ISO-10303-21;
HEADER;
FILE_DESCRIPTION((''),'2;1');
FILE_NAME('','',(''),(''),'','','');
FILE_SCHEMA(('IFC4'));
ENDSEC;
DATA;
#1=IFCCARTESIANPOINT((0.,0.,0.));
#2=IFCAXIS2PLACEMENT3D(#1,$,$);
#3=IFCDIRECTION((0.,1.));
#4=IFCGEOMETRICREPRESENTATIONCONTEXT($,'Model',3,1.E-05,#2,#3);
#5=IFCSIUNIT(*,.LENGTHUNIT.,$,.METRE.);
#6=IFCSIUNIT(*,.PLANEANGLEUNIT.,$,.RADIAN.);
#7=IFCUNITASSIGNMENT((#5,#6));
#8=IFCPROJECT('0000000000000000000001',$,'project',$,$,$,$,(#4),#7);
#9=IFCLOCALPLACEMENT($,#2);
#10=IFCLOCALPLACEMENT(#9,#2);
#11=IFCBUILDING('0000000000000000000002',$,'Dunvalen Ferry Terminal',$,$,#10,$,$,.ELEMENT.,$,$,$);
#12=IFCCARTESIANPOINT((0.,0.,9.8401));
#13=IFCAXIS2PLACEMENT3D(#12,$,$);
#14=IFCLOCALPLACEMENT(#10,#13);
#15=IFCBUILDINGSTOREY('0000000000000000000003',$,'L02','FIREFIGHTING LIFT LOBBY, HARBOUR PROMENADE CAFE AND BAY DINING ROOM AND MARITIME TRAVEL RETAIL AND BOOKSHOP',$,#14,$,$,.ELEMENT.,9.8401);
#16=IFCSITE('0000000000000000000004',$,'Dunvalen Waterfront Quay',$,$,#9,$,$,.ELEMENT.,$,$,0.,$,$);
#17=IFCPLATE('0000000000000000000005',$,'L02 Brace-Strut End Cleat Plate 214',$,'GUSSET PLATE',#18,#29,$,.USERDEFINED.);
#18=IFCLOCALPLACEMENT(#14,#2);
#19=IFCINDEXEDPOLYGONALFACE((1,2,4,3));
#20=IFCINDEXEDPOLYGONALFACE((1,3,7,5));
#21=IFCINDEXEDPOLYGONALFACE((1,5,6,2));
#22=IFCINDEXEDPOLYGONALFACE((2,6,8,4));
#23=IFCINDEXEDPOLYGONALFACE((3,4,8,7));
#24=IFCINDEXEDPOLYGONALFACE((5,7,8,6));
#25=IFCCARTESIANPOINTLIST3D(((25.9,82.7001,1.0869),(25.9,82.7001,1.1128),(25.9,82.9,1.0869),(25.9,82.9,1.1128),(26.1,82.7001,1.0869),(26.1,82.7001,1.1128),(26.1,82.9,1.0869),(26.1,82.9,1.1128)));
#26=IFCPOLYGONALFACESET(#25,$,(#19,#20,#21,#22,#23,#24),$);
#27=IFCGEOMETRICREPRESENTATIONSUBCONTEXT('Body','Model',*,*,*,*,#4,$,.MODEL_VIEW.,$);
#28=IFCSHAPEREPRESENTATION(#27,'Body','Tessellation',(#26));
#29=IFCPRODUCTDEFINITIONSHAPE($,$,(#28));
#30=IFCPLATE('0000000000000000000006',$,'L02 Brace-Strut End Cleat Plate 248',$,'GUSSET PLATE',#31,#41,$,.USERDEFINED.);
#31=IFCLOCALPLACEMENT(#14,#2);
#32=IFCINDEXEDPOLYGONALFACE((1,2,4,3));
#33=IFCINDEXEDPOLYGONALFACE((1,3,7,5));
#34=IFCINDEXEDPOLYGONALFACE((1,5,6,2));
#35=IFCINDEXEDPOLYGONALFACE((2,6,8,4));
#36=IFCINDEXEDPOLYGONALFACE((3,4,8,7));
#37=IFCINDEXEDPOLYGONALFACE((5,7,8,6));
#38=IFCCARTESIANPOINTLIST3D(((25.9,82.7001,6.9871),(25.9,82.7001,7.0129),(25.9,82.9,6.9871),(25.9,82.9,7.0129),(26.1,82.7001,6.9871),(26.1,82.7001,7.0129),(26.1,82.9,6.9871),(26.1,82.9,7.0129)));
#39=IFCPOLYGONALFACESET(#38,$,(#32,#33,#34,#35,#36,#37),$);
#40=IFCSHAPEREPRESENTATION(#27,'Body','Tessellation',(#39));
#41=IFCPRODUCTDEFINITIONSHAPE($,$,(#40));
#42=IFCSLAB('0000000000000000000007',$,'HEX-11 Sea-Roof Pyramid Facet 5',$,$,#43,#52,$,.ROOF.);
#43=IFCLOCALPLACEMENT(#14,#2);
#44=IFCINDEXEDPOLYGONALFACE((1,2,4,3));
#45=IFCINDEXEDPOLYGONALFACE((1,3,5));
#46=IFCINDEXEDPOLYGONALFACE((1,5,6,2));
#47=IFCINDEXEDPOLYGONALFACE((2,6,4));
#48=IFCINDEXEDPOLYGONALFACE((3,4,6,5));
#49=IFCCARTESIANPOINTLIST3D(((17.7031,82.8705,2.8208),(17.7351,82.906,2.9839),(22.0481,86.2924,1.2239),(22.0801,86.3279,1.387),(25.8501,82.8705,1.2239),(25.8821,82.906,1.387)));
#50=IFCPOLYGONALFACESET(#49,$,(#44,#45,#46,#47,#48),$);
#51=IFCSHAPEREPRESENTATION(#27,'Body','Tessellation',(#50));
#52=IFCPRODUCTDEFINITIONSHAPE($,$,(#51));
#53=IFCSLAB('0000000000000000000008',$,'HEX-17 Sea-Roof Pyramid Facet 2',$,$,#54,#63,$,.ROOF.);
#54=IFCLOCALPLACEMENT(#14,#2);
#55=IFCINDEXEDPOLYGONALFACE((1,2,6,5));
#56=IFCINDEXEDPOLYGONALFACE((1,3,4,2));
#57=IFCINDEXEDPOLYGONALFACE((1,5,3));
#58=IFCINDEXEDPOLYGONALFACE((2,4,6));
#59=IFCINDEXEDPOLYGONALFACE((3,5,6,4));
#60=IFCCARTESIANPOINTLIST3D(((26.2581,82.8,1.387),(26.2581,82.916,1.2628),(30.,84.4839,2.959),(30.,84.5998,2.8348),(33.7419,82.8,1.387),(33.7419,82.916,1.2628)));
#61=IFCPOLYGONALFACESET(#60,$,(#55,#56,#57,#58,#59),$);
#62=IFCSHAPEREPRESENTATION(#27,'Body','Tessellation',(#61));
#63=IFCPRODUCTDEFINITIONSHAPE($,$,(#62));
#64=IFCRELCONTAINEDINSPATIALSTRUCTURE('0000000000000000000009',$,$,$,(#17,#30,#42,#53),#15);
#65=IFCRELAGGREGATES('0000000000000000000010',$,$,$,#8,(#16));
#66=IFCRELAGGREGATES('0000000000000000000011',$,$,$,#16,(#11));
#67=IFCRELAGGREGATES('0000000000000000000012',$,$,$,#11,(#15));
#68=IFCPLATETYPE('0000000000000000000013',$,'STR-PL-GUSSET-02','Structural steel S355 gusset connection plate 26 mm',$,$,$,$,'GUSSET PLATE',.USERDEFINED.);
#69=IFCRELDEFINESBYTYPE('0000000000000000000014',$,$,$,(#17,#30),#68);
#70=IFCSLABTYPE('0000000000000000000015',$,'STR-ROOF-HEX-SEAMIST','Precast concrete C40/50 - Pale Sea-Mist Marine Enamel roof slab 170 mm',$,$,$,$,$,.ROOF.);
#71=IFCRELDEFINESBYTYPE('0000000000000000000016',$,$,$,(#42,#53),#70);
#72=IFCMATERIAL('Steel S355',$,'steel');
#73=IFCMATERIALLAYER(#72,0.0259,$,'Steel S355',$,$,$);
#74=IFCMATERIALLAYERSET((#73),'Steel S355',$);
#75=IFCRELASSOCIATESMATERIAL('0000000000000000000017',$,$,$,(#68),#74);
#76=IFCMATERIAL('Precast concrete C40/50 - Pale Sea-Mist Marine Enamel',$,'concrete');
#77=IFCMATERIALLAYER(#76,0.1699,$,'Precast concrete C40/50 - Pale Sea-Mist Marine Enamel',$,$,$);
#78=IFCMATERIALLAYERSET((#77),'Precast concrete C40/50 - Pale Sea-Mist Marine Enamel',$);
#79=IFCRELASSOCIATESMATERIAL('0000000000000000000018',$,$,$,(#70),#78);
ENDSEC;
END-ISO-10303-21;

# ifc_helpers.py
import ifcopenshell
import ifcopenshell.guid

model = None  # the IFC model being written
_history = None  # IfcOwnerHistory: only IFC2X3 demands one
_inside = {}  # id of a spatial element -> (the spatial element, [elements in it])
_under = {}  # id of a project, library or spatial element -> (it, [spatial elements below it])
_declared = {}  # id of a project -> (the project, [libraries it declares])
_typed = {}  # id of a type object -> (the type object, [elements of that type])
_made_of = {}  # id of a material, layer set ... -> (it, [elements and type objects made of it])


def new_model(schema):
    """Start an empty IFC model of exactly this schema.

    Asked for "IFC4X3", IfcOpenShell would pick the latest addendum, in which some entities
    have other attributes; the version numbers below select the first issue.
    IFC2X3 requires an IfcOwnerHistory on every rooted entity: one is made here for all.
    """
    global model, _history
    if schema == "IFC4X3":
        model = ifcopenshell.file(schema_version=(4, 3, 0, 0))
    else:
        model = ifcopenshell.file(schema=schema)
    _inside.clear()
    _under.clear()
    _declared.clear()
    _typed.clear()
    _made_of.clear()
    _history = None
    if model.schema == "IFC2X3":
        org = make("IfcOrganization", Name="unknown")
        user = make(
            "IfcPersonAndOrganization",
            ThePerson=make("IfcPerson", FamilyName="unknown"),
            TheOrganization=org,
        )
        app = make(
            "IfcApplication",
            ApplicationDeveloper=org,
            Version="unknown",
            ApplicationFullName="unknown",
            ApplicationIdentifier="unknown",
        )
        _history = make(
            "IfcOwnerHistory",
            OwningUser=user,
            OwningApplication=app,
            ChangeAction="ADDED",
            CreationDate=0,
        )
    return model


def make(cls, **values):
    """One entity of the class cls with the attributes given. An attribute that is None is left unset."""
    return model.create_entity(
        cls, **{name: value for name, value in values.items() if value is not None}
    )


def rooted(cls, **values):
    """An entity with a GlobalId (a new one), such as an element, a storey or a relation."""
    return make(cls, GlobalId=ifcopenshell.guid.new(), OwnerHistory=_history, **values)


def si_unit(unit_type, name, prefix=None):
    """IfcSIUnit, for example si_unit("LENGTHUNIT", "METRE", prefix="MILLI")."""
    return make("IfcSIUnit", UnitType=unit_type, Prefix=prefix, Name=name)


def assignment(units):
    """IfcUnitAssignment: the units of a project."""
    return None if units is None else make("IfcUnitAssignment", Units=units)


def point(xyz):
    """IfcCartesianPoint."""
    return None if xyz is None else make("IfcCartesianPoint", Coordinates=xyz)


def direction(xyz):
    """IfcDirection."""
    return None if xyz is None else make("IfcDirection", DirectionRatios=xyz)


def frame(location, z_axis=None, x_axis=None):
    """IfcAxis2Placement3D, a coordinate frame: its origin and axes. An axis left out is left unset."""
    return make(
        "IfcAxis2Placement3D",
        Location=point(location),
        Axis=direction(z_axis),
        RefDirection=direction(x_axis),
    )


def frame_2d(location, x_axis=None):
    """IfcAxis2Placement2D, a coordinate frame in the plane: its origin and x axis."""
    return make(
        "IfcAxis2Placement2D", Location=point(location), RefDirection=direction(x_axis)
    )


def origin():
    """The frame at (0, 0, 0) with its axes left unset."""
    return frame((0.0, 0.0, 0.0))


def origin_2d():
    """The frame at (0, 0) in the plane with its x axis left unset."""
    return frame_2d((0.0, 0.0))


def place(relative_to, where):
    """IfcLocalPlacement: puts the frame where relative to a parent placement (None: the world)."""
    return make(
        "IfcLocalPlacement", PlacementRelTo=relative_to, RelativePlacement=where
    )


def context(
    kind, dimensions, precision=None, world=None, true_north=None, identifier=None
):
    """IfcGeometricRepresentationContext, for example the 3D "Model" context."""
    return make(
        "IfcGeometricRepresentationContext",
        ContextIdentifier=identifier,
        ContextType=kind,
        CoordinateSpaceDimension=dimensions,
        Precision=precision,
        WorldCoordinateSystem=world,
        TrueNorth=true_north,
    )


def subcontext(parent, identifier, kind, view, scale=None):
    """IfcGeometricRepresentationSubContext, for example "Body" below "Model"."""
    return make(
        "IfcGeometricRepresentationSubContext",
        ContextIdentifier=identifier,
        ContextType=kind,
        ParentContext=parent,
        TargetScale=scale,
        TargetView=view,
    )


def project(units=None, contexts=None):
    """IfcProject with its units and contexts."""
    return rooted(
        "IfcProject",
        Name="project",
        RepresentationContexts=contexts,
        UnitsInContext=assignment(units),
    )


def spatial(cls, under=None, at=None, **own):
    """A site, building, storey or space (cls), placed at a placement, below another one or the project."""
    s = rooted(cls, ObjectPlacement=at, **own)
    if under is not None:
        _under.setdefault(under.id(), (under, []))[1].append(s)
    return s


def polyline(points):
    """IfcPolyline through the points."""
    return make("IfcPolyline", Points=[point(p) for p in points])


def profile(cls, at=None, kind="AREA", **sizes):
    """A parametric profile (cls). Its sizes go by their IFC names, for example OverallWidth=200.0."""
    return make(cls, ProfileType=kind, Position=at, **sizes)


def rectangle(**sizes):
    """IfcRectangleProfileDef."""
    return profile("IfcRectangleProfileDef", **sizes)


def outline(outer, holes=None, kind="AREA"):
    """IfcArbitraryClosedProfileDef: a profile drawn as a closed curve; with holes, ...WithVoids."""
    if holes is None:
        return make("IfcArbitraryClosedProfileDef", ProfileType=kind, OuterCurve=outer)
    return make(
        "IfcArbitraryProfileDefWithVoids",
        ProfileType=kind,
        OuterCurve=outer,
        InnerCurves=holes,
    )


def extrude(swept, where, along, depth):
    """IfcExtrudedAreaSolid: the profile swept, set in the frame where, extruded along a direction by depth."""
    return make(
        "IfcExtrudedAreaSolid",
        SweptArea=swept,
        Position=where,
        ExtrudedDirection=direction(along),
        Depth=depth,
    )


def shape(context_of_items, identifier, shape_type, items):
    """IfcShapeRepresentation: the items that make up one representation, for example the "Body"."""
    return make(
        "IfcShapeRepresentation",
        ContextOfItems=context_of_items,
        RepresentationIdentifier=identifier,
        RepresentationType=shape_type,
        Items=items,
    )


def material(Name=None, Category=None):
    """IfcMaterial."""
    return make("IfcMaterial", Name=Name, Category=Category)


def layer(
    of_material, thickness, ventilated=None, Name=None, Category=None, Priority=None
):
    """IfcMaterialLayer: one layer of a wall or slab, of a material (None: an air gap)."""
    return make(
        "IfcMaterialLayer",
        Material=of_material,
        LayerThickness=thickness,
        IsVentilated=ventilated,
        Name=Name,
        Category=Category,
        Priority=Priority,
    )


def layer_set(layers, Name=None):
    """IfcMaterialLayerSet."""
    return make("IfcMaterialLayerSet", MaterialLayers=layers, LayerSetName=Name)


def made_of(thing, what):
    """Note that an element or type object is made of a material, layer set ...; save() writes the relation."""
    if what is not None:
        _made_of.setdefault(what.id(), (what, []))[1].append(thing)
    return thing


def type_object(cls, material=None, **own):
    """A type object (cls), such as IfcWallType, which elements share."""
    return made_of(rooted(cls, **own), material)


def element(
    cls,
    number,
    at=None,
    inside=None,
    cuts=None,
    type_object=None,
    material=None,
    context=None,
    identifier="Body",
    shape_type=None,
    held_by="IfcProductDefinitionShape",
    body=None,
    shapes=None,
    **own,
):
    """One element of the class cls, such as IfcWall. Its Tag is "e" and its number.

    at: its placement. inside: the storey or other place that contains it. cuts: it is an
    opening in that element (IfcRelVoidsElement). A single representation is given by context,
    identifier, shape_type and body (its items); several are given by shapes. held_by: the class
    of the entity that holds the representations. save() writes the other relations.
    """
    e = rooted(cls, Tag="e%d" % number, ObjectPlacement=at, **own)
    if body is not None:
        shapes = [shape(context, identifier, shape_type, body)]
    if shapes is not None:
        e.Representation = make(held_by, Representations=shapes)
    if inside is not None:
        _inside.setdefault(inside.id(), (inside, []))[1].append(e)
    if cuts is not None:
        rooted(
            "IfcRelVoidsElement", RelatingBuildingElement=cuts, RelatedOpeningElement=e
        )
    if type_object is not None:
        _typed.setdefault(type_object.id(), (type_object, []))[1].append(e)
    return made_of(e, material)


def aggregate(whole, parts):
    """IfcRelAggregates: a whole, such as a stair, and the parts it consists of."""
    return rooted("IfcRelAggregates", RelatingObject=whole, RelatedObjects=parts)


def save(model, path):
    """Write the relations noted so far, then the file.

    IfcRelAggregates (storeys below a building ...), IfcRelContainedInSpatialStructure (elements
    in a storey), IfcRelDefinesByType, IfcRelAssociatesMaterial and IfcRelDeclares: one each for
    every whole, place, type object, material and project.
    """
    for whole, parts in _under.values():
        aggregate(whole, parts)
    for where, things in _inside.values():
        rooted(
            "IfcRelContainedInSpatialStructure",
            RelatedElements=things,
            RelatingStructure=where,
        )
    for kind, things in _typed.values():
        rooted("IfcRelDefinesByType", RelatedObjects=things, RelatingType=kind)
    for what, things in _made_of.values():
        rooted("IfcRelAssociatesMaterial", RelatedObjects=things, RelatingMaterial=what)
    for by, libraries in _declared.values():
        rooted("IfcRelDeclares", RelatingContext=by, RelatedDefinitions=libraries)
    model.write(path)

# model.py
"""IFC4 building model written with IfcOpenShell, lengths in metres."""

from ifc_helpers import new_model, si_unit, direction, frame, origin, origin_2d, place, context, subcontext, project, spatial, polyline, rectangle, outline, extrude, material, layer, layer_set, type_object, element, save


model = new_model("IFC4")

# Units and contexts
model_context = context("Model", 3, precision=1e-05, world=origin(), true_north=direction((0.0, 1.0)))
body_context = subcontext(model_context, "Body", "Model", "MODEL_VIEW")
ifc_project = project(units=[si_unit("LENGTHUNIT", "METRE"), si_unit("PLANEANGLEUNIT", "RADIAN")], contexts=[model_context])

# Site, building, storey
site_placement = place(None, origin())
site = spatial("IfcSite", under=ifc_project, at=site_placement, Name="Dunvalen Waterfront Quay", CompositionType="ELEMENT", RefElevation=0.0)
building_placement = place(site_placement, origin())
building = spatial("IfcBuilding", under=site, at=building_placement, Name="Dunvalen Ferry Terminal", CompositionType="ELEMENT")
storey_placement = place(building_placement, frame((0.0, 0.0, 9.8401)))
storey = spatial("IfcBuildingStorey", under=building, at=storey_placement, Name="L02", Description="FIREFIGHTING LIFT LOBBY, HARBOUR PROMENADE CAFE AND BAY DINING ROOM AND MARITIME TRAVEL RETAIL AND BOOKSHOP", CompositionType="ELEMENT", Elevation=9.8401)

# Shared definitions
ifc_material_1 = material(Name="Steel S355", Category="steel")

# Plates
ifc_layer_1 = layer(ifc_material_1, 0.0259, Name="Steel S355")
ifc_layer_set_1 = layer_set([ifc_layer_1], Name="Steel S355")
plate_type_1 = type_object("IfcPlateType", Name="STR-PL-GUSSET-02", Description="Structural steel S355 gusset connection plate 26 mm", ElementType="GUSSET PLATE", PredefinedType="USERDEFINED", material=ifc_layer_set_1)
for number, where, z_axis, x_axis, name in (
    (1, (26.0, 82.8, 1.0869), (0.0, 0.0, 1.0), (1.0, 0.0, 0.0), "L02 Brace-Strut End Cleat Plate 214"),
    (2, (26.0, 82.8, 6.9871), (0.0, 0.0, 1.0), (1.0, 0.0, 0.0), "L02 Brace-Strut End Cleat Plate 248"),
):
    element("IfcPlate", number, at=place(storey_placement, frame(where, z_axis=z_axis, x_axis=x_axis)), inside=storey, type_object=plate_type_1, Name=name, ObjectType="GUSSET PLATE", PredefinedType="USERDEFINED", context=body_context, shape_type="SweptSolid", body=[
        extrude(rectangle(XDim=0.2, YDim=0.2, at=origin_2d()), origin(), (0.0, 0.0, 1.0), 0.0259),
    ])

# Slabs
ifc_material_2 = material(Name="Precast concrete C40/50 - Pale Sea-Mist Marine Enamel", Category="concrete")
ifc_layer_2 = layer(ifc_material_2, 0.1699, Name="Precast concrete C40/50 - Pale Sea-Mist Marine Enamel")
ifc_layer_set_2 = layer_set([ifc_layer_2], Name="Precast concrete C40/50 - Pale Sea-Mist Marine Enamel")
slab_type = type_object("IfcSlabType", Name="STR-ROOF-HEX-SEAMIST", Description="Precast concrete C40/50 - Pale Sea-Mist Marine Enamel roof slab 170 mm", PredefinedType="ROOF", material=ifc_layer_set_2)
slab_1_placement = place(storey_placement, frame((25.8821, 82.906, 1.387), z_axis=(0.188106, 0.209002, 0.959653), x_axis=(-0.743287, 0.668973, 0.0)))
element("IfcSlab", 3, at=slab_1_placement, inside=storey, type_object=slab_type, Name="HEX-11 Sea-Roof Pyramid Facet 5", PredefinedType="ROOF", context=body_context, shape_type="SweptSolid", body=[
    extrude(outline(polyline([(0.0, 0.0), (5.1151, 0.0), (6.0555, 5.6792), (0.0, 0.0)])), origin(), (0.0, 0.0, -1.0), 0.1699),
])
slab_2_placement = place(storey_placement, frame((26.2581, 82.8, 1.387), z_axis=(0.0, -0.68242, 0.73096), x_axis=(1.0, 0.0, 0.0)))
element("IfcSlab", 4, at=slab_2_placement, inside=storey, type_object=slab_type, Name="HEX-17 Sea-Roof Pyramid Facet 2", PredefinedType="ROOF", context=body_context, shape_type="SweptSolid", body=[
    extrude(outline(polyline([(0.0, 0.0), (7.4839, 0.0), (3.7419, 2.3036), (0.0, 0.0)])), origin(), (0.0, 0.0, -1.0), 0.1699),
])

save(model, "model.ifc")
